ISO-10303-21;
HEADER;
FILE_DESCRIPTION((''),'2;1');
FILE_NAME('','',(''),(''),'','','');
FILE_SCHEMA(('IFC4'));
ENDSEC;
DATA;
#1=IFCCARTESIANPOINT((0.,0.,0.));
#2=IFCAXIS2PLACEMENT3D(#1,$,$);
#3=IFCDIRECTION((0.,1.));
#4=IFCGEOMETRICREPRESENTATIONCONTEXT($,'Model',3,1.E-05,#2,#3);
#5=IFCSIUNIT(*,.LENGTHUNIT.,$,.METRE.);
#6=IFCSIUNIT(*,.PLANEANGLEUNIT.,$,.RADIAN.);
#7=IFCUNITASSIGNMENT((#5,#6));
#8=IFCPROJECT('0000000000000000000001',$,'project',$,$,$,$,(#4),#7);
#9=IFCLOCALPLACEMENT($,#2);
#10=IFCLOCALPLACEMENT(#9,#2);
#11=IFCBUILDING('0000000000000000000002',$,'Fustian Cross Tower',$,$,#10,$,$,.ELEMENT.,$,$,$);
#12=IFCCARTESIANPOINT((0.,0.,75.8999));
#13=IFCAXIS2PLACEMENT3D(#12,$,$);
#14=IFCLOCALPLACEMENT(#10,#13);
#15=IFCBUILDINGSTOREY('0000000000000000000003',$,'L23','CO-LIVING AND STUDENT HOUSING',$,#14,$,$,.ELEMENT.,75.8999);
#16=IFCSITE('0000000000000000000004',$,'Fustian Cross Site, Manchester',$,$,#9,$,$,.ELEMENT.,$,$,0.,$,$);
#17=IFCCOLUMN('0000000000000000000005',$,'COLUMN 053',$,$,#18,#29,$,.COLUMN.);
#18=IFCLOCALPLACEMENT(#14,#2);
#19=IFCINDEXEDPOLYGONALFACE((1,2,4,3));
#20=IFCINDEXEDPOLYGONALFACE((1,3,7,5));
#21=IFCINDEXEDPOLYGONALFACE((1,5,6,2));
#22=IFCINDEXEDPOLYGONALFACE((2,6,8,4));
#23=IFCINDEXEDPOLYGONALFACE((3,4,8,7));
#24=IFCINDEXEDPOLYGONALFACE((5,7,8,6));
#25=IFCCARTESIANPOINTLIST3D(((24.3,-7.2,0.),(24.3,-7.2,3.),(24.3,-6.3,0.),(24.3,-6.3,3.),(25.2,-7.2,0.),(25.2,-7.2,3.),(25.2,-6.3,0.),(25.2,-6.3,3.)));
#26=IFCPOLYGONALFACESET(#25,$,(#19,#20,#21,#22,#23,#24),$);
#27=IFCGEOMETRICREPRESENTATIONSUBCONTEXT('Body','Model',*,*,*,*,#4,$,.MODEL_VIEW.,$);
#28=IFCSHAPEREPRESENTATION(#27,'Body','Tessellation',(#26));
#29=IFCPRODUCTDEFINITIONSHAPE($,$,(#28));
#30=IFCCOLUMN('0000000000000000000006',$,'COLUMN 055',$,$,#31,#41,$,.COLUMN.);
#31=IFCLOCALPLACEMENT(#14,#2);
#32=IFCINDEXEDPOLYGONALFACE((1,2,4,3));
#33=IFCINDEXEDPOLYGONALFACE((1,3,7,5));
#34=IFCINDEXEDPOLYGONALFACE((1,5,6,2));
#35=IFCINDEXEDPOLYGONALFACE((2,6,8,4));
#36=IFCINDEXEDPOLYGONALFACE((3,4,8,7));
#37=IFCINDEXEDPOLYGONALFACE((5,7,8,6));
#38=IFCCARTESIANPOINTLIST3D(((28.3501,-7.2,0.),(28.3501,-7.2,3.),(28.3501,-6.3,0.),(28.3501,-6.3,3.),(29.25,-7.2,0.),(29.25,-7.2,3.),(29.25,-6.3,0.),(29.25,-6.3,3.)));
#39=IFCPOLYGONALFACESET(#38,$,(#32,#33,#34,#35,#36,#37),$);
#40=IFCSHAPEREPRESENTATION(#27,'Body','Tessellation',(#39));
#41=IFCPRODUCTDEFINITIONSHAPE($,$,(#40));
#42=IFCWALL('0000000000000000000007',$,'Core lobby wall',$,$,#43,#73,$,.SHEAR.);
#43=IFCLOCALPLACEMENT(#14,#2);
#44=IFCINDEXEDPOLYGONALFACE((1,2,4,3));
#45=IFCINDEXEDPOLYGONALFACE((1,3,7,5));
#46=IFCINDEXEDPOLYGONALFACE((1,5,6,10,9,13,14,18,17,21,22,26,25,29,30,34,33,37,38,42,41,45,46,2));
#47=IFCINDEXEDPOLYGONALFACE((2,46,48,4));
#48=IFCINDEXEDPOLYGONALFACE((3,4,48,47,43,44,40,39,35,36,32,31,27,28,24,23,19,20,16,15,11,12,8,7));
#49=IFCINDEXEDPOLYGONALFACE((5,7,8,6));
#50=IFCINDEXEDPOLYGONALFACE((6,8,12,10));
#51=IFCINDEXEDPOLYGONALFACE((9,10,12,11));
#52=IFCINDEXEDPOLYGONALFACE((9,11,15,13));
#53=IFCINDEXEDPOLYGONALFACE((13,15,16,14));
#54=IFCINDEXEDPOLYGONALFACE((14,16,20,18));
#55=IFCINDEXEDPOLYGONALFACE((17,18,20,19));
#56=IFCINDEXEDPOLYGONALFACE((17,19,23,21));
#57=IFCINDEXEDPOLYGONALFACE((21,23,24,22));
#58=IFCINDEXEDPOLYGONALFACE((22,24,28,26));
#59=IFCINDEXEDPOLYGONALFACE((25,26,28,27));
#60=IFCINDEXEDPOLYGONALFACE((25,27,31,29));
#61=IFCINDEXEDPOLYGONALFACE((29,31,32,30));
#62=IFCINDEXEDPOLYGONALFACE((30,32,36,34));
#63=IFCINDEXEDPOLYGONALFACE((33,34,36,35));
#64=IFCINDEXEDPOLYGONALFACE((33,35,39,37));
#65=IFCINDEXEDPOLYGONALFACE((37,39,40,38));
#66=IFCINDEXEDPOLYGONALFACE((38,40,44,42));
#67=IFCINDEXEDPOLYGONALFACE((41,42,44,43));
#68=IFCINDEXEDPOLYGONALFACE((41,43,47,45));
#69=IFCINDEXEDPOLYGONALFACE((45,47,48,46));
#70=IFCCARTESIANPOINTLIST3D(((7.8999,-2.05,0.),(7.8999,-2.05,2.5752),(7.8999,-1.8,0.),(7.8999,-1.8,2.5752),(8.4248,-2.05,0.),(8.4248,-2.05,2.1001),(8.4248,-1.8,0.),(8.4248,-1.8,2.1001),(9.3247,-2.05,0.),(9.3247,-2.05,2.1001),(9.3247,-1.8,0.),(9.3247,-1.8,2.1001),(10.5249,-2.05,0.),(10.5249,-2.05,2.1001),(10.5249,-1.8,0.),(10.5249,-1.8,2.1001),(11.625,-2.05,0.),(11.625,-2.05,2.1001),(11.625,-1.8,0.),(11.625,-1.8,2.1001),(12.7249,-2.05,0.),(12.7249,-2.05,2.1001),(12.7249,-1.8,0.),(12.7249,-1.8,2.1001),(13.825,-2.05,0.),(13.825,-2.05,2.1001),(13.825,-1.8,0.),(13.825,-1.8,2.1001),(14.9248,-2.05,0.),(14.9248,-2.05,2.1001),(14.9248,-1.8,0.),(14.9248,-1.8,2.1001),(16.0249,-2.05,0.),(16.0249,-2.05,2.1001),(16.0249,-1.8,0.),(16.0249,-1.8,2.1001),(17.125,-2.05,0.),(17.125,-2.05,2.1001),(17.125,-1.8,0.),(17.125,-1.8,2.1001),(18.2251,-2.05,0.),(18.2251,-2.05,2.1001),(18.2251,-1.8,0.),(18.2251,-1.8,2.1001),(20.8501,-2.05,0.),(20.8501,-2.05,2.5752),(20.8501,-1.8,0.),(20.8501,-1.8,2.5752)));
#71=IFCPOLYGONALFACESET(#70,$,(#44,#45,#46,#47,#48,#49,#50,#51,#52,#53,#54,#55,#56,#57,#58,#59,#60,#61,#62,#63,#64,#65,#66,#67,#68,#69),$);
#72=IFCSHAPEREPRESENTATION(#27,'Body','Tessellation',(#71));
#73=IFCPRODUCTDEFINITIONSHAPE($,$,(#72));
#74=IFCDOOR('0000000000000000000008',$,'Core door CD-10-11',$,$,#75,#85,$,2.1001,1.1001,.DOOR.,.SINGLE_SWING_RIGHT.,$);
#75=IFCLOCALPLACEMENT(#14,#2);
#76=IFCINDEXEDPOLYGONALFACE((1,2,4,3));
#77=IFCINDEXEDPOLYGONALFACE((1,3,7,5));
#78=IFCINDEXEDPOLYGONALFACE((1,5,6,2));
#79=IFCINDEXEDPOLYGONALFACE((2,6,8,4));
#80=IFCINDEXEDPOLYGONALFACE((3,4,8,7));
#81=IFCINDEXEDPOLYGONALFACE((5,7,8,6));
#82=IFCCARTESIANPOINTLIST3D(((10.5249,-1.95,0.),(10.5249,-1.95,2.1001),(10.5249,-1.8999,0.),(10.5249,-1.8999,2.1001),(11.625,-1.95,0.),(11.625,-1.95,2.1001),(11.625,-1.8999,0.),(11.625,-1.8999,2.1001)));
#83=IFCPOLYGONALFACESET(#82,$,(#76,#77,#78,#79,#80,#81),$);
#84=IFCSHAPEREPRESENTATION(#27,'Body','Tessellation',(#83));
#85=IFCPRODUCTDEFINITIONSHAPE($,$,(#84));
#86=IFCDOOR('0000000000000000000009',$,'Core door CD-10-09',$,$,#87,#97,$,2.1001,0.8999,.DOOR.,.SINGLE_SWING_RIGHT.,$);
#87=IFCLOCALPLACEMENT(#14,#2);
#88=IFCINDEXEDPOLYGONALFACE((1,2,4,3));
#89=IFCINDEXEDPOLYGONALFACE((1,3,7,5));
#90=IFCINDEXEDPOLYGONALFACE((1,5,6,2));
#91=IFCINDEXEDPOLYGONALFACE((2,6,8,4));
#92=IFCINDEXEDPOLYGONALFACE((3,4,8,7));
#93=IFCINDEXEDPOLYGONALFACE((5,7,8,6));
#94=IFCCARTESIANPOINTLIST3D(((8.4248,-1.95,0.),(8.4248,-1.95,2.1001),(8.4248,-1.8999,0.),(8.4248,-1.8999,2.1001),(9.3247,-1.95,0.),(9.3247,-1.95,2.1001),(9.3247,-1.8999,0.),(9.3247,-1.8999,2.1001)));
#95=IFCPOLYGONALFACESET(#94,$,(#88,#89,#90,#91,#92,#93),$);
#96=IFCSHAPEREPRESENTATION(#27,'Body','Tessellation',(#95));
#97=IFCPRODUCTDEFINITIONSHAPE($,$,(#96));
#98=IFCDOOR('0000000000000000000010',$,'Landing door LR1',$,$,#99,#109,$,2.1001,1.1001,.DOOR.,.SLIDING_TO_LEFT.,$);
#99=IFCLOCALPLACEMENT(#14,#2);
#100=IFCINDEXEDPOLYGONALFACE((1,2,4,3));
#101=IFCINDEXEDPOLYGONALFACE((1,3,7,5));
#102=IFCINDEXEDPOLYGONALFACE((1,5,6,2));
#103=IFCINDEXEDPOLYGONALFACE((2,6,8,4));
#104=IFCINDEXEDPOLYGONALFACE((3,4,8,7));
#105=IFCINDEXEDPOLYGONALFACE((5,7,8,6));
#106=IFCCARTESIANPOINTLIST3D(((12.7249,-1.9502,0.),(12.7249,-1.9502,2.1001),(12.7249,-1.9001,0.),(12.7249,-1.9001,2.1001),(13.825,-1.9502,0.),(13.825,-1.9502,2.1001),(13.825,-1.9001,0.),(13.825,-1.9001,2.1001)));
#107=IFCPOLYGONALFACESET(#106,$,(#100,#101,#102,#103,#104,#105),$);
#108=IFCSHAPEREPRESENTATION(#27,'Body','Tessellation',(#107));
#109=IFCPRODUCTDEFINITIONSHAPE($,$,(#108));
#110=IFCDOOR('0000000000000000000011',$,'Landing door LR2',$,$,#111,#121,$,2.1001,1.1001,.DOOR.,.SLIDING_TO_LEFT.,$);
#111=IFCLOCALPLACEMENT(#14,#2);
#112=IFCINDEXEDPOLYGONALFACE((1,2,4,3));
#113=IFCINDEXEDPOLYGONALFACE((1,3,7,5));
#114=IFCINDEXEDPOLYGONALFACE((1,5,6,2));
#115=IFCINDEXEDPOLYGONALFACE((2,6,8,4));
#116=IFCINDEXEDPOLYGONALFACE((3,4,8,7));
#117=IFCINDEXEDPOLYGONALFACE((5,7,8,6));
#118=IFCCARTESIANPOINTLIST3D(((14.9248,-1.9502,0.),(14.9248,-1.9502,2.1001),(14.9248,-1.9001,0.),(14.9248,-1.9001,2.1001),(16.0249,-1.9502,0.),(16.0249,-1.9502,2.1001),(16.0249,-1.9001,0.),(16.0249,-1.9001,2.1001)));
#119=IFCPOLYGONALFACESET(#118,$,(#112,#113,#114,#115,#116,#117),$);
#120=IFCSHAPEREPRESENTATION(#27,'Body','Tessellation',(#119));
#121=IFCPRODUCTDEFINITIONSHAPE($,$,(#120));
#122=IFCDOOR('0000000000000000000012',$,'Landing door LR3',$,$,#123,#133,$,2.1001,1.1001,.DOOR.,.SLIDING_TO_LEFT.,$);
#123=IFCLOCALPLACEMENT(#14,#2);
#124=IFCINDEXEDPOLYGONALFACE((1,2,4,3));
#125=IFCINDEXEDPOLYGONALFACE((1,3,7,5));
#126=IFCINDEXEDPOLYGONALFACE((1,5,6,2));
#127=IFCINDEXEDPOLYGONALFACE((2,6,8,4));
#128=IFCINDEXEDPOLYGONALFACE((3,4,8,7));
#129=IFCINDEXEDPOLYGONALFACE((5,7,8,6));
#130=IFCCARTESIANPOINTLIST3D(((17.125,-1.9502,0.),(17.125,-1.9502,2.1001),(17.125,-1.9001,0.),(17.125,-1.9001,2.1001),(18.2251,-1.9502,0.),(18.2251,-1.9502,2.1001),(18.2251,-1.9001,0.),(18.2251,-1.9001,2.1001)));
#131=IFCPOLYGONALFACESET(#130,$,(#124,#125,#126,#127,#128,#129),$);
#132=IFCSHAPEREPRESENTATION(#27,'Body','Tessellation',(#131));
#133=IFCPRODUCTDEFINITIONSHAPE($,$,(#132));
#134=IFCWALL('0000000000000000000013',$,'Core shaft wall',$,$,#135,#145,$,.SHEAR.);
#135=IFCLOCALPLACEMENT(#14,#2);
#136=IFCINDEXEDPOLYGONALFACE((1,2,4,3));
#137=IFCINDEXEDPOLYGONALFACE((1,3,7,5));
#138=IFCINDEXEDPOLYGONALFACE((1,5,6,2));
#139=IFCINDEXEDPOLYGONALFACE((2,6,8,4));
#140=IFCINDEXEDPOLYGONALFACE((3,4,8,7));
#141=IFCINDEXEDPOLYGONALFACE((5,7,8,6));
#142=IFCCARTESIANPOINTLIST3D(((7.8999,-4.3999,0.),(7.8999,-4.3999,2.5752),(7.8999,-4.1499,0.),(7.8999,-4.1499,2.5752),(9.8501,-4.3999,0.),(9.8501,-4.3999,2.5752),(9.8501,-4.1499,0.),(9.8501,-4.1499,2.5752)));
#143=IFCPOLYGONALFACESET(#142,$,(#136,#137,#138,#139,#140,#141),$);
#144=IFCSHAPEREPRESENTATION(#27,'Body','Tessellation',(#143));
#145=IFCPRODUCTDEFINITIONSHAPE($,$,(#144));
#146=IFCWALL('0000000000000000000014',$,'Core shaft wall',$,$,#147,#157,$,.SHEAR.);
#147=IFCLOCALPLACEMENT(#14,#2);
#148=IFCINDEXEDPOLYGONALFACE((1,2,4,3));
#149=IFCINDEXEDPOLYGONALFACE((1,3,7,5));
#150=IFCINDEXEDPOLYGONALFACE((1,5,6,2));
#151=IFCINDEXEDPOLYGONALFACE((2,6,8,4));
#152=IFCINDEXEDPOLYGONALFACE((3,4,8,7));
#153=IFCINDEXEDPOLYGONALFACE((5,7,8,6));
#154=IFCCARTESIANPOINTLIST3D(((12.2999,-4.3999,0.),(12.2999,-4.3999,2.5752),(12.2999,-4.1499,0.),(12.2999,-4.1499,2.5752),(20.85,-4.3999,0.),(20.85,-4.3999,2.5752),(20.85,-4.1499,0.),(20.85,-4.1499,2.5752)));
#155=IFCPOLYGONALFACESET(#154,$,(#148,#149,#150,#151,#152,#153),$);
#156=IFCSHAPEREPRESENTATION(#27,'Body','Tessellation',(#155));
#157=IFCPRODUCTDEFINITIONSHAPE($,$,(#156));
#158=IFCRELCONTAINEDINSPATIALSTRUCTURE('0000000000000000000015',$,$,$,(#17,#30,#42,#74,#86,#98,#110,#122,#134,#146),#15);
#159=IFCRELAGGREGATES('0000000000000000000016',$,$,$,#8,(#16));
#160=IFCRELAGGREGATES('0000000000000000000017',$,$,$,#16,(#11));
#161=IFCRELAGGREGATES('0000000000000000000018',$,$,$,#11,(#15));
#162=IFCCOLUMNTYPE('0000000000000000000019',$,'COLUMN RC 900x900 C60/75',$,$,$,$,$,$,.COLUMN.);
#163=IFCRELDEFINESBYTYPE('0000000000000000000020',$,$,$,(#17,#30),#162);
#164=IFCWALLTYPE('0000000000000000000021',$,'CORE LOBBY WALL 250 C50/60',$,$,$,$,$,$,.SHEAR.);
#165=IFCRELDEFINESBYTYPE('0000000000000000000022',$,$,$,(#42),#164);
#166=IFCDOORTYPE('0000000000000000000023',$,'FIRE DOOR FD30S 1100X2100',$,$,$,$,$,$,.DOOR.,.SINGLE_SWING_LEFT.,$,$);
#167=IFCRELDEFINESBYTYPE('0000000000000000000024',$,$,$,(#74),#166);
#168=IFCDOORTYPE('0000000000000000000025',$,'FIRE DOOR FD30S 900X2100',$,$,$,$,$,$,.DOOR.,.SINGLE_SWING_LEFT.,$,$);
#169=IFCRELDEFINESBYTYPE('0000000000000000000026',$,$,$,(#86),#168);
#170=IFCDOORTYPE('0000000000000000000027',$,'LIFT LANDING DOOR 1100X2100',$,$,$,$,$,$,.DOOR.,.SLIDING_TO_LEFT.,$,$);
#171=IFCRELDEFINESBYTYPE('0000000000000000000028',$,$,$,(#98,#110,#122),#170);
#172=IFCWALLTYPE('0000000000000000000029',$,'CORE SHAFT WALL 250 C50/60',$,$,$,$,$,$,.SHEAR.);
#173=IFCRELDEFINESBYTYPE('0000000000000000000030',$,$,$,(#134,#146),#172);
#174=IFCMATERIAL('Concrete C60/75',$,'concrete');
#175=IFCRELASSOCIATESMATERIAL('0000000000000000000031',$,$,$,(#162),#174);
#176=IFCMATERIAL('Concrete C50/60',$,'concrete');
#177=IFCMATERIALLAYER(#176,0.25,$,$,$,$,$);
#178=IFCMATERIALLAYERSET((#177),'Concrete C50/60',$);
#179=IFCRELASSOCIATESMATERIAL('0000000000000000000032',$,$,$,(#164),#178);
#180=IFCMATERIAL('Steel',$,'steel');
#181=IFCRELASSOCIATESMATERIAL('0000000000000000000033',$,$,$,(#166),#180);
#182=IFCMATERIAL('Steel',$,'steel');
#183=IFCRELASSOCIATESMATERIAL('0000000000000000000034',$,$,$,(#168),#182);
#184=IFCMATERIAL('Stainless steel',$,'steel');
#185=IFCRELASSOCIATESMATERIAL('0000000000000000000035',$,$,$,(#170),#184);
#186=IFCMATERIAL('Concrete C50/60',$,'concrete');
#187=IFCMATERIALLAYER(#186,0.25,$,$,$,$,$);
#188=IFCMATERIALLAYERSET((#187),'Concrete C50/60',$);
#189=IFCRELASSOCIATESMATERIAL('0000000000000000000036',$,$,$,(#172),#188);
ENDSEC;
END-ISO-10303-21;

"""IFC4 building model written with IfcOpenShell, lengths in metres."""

from ifc_helpers import new_model, si_unit, direction, frame, frame_2d, origin, origin_2d, place, context, subcontext, project, spatial, rectangle, extrude, material, layer, layer_set, material_profile, profile_set, type_object, element, fill, save


model = new_model("IFC4")

# Units and contexts
model_context = context("Model", 3, precision=1e-05, world=origin(), true_north=direction((0.0, 1.0)))
body_context = subcontext(model_context, "Body", "Model", "MODEL_VIEW")
ifc_project = project(units=[si_unit("LENGTHUNIT", "METRE"), si_unit("PLANEANGLEUNIT", "RADIAN")], contexts=[model_context])

# Site, building, storey
site_placement = place(None, origin())
site = spatial("IfcSite", under=ifc_project, at=site_placement, Name="Fustian Cross Site, Manchester", CompositionType="ELEMENT", RefElevation=0.0)
building_placement = place(site_placement, origin())
building = spatial("IfcBuilding", under=site, at=building_placement, Name="Fustian Cross Tower", CompositionType="ELEMENT")
storey_placement = place(building_placement, frame((0.0, 0.0, 75.8999)))
storey = spatial("IfcBuildingStorey", under=building, at=storey_placement, Name="L23", Description="CO-LIVING AND STUDENT HOUSING", CompositionType="ELEMENT", Elevation=75.8999)

# Columns
ifc_material_1 = material(Name="Concrete C60/75", Category="concrete")
ifc_material_profile = material_profile(ifc_material_1, rectangle(XDim=0.8999, YDim=0.8999, at=origin_2d()), Name="RC 900x900")
ifc_profile_set = profile_set([ifc_material_profile], Name="Concrete C60/75")
column_type = type_object("IfcColumnType", Name="COLUMN RC 900x900 C60/75", PredefinedType="COLUMN", material=ifc_profile_set)
for number, where, z_axis, x_axis, name in (
    (1, (24.75, -6.75, 0.0), (0.0, 0.0, 1.0), (1.0, 0.0, 0.0), "COLUMN 053"),
    (2, (28.8, -6.75, 0.0), (0.0, 0.0, 1.0), (1.0, 0.0, 0.0), "COLUMN 055"),
):
    element("IfcColumn", number, at=place(storey_placement, frame(where, z_axis=z_axis, x_axis=x_axis)), inside=storey, type_object=column_type, Name=name, PredefinedType="COLUMN", context=body_context, shape_type="SweptSolid", body=[
        extrude(rectangle(XDim=0.8999, YDim=0.8999, at=origin_2d()), origin(), (0.0, 0.0, 1.0), 3.0),
    ])

# Wall, openings, doors
ifc_material_2 = material(Name="Concrete C50/60", Category="concrete")
ifc_layer_1 = layer(ifc_material_2, 0.25)
ifc_layer_set_1 = layer_set([ifc_layer_1], Name="Concrete C50/60")
wall_type_1 = type_object("IfcWallType", Name="CORE LOBBY WALL 250 C50/60", PredefinedType="SHEAR", material=ifc_layer_set_1)
wall_1_placement = place(storey_placement, frame((7.8999, -1.925, 0.0), z_axis=(0.0, 0.0, 1.0), x_axis=(1.0, 0.0, 0.0)))
wall_1 = element("IfcWall", 3, at=wall_1_placement, inside=storey, type_object=wall_type_1, Name="Core lobby wall", PredefinedType="SHEAR", context=body_context, shape_type="SweptSolid", body=[
    extrude(rectangle(XDim=12.9502, YDim=0.25, at=frame_2d((6.4751, 0.0))), origin(), (0.0, 0.0, 1.0), 2.5752),
])
opening_1_placement = place(wall_1_placement, frame((4.825, 0.0, 0.0)))
opening_1 = element("IfcOpeningElement", 4, at=opening_1_placement, cuts=wall_1, PredefinedType="OPENING", context=body_context, shape_type="SweptSolid", body=[
    extrude(rectangle(XDim=1.1001, YDim=2.1001, at=frame_2d((0.55, 1.05))), frame((0.0, 0.135, 0.0), z_axis=(0.0, -1.0, 0.0), x_axis=(1.0, 0.0, 0.0)), (0.0, 0.0, 1.0), 0.27),
])
opening_2_placement = place(wall_1_placement, frame((7.0249, 0.0, 0.0)))
opening_2 = element("IfcOpeningElement", 5, at=opening_2_placement, cuts=wall_1, PredefinedType="OPENING", context=body_context, shape_type="SweptSolid", body=[
    extrude(rectangle(XDim=1.1001, YDim=2.1001, at=frame_2d((0.55, 1.05))), frame((0.0, 0.135, 0.0), z_axis=(0.0, -1.0, 0.0), x_axis=(1.0, 0.0, 0.0)), (0.0, 0.0, 1.0), 0.27),
])
opening_3_placement = place(wall_1_placement, frame((9.2251, 0.0, 0.0)))
opening_3 = element("IfcOpeningElement", 6, at=opening_3_placement, cuts=wall_1, PredefinedType="OPENING", context=body_context, shape_type="SweptSolid", body=[
    extrude(rectangle(XDim=1.1001, YDim=2.1001, at=frame_2d((0.55, 1.05))), frame((0.0, 0.135, 0.0), z_axis=(0.0, -1.0, 0.0), x_axis=(1.0, 0.0, 0.0)), (0.0, 0.0, 1.0), 0.27),
])
opening_4_placement = place(wall_1_placement, frame((0.5249, 0.0, 0.0)))
opening_4 = element("IfcOpeningElement", 7, at=opening_4_placement, cuts=wall_1, PredefinedType="OPENING", context=body_context, shape_type="SweptSolid", body=[
    extrude(rectangle(XDim=0.8999, YDim=2.1001, at=frame_2d((0.45, 1.05))), frame((0.0, 0.135, 0.0), z_axis=(0.0, -1.0, 0.0), x_axis=(1.0, 0.0, 0.0)), (0.0, 0.0, 1.0), 0.27),
])
opening_5_placement = place(wall_1_placement, frame((2.625, 0.0, 0.0)))
opening_5 = element("IfcOpeningElement", 8, at=opening_5_placement, cuts=wall_1, PredefinedType="OPENING", context=body_context, shape_type="SweptSolid", body=[
    extrude(rectangle(XDim=1.1001, YDim=2.1001, at=frame_2d((0.55, 1.05))), frame((0.0, 0.135, 0.0), z_axis=(0.0, -1.0, 0.0), x_axis=(1.0, 0.0, 0.0)), (0.0, 0.0, 1.0), 0.27),
])
ifc_material_3 = material(Name="Steel", Category="steel")
door_type_1 = type_object("IfcDoorType", Name="FIRE DOOR FD30S 1100X2100", OperationType="SINGLE_SWING_LEFT", PredefinedType="DOOR", material=ifc_material_3)
door_1_placement = place(opening_5_placement, frame((1.1001, 0.0, 0.0), z_axis=(0.0, 0.0, 1.0), x_axis=(-1.0, 0.0, 0.0)))
door_1 = element("IfcDoor", 9, at=door_1_placement, inside=storey, type_object=door_type_1, Name="Core door CD-10-11", OperationType="SINGLE_SWING_RIGHT", OverallHeight=2.1001, OverallWidth=1.1001, PredefinedType="DOOR", context=body_context, shape_type="SweptSolid", body=[
    extrude(rectangle(XDim=1.1001, YDim=2.1001, at=frame_2d((0.55, 1.05))), frame((0.0, 0.0249, 0.0), z_axis=(0.0, -1.0, 0.0), x_axis=(1.0, 0.0, 0.0)), (0.0, 0.0, 1.0), 0.05),
])
fill(opening_5, door_1)
ifc_material_4 = material(Name="Steel", Category="steel")
door_type_2 = type_object("IfcDoorType", Name="FIRE DOOR FD30S 900X2100", OperationType="SINGLE_SWING_LEFT", PredefinedType="DOOR", material=ifc_material_4)
door_2_placement = place(opening_4_placement, frame((0.8999, 0.0, 0.0), z_axis=(0.0, 0.0, 1.0), x_axis=(-1.0, 0.0, 0.0)))
door_2 = element("IfcDoor", 10, at=door_2_placement, inside=storey, type_object=door_type_2, Name="Core door CD-10-09", OperationType="SINGLE_SWING_RIGHT", OverallHeight=2.1001, OverallWidth=0.8999, PredefinedType="DOOR", context=body_context, shape_type="SweptSolid", body=[
    extrude(rectangle(XDim=0.8999, YDim=2.1001, at=frame_2d((0.45, 1.05))), frame((0.0, 0.0249, 0.0), z_axis=(0.0, -1.0, 0.0), x_axis=(1.0, 0.0, 0.0)), (0.0, 0.0, 1.0), 0.05),
])
fill(opening_4, door_2)
ifc_material_5 = material(Name="Stainless steel", Category="steel")
door_type_3 = type_object("IfcDoorType", Name="LIFT LANDING DOOR 1100X2100", OperationType="SLIDING_TO_LEFT", PredefinedType="DOOR", material=ifc_material_5)
door_3_placement = place(opening_1_placement, origin())
door_3 = element("IfcDoor", 11, at=door_3_placement, inside=storey, type_object=door_type_3, Name="Landing door LR1", OperationType="SLIDING_TO_LEFT", OverallHeight=2.1001, OverallWidth=1.1001, PredefinedType="DOOR", context=body_context, shape_type="SweptSolid", body=[
    extrude(rectangle(XDim=1.1001, YDim=2.1001, at=frame_2d((0.55, 1.05))), frame((0.0, 0.0249, 0.0), z_axis=(0.0, -1.0, 0.0), x_axis=(1.0, 0.0, 0.0)), (0.0, 0.0, 1.0), 0.05),
])
fill(opening_1, door_3)
door_4_placement = place(opening_2_placement, origin())
door_4 = element("IfcDoor", 12, at=door_4_placement, inside=storey, type_object=door_type_3, Name="Landing door LR2", OperationType="SLIDING_TO_LEFT", OverallHeight=2.1001, OverallWidth=1.1001, PredefinedType="DOOR", context=body_context, shape_type="SweptSolid", body=[
    extrude(rectangle(XDim=1.1001, YDim=2.1001, at=frame_2d((0.55, 1.05))), frame((0.0, 0.0249, 0.0), z_axis=(0.0, -1.0, 0.0), x_axis=(1.0, 0.0, 0.0)), (0.0, 0.0, 1.0), 0.05),
])
fill(opening_2, door_4)
door_5_placement = place(opening_3_placement, origin())
door_5 = element("IfcDoor", 13, at=door_5_placement, inside=storey, type_object=door_type_3, Name="Landing door LR3", OperationType="SLIDING_TO_LEFT", OverallHeight=2.1001, OverallWidth=1.1001, PredefinedType="DOOR", context=body_context, shape_type="SweptSolid", body=[
    extrude(rectangle(XDim=1.1001, YDim=2.1001, at=frame_2d((0.55, 1.05))), frame((0.0, 0.0249, 0.0), z_axis=(0.0, -1.0, 0.0), x_axis=(1.0, 0.0, 0.0)), (0.0, 0.0, 1.0), 0.05),
])
fill(opening_3, door_5)

# Walls
ifc_material_6 = material(Name="Concrete C50/60", Category="concrete")
ifc_layer_2 = layer(ifc_material_6, 0.25)
ifc_layer_set_2 = layer_set([ifc_layer_2], Name="Concrete C50/60")
wall_type_2 = type_object("IfcWallType", Name="CORE SHAFT WALL 250 C50/60", PredefinedType="SHEAR", material=ifc_layer_set_2)
wall_2_placement = place(storey_placement, frame((7.8999, -4.2749, 0.0), z_axis=(0.0, 0.0, 1.0), x_axis=(1.0, 0.0, 0.0)))
element("IfcWall", 14, at=wall_2_placement, inside=storey, type_object=wall_type_2, Name="Core shaft wall", PredefinedType="SHEAR", context=body_context, shape_type="SweptSolid", body=[
    extrude(rectangle(XDim=1.9502, YDim=0.25, at=frame_2d((0.9751, 0.0))), origin(), (0.0, 0.0, 1.0), 2.5752),
])
wall_3_placement = place(storey_placement, frame((12.3, -4.2749, 0.0), z_axis=(0.0, 0.0, 1.0), x_axis=(1.0, 0.0, 0.0)))
element("IfcWall", 15, at=wall_3_placement, inside=storey, type_object=wall_type_2, Name="Core shaft wall", PredefinedType="SHEAR", context=body_context, shape_type="SweptSolid", body=[
    extrude(rectangle(XDim=8.55, YDim=0.25, at=frame_2d((4.2749, 0.0))), origin(), (0.0, 0.0, 1.0), 2.5752),
])

save(model, "model.ifc")
